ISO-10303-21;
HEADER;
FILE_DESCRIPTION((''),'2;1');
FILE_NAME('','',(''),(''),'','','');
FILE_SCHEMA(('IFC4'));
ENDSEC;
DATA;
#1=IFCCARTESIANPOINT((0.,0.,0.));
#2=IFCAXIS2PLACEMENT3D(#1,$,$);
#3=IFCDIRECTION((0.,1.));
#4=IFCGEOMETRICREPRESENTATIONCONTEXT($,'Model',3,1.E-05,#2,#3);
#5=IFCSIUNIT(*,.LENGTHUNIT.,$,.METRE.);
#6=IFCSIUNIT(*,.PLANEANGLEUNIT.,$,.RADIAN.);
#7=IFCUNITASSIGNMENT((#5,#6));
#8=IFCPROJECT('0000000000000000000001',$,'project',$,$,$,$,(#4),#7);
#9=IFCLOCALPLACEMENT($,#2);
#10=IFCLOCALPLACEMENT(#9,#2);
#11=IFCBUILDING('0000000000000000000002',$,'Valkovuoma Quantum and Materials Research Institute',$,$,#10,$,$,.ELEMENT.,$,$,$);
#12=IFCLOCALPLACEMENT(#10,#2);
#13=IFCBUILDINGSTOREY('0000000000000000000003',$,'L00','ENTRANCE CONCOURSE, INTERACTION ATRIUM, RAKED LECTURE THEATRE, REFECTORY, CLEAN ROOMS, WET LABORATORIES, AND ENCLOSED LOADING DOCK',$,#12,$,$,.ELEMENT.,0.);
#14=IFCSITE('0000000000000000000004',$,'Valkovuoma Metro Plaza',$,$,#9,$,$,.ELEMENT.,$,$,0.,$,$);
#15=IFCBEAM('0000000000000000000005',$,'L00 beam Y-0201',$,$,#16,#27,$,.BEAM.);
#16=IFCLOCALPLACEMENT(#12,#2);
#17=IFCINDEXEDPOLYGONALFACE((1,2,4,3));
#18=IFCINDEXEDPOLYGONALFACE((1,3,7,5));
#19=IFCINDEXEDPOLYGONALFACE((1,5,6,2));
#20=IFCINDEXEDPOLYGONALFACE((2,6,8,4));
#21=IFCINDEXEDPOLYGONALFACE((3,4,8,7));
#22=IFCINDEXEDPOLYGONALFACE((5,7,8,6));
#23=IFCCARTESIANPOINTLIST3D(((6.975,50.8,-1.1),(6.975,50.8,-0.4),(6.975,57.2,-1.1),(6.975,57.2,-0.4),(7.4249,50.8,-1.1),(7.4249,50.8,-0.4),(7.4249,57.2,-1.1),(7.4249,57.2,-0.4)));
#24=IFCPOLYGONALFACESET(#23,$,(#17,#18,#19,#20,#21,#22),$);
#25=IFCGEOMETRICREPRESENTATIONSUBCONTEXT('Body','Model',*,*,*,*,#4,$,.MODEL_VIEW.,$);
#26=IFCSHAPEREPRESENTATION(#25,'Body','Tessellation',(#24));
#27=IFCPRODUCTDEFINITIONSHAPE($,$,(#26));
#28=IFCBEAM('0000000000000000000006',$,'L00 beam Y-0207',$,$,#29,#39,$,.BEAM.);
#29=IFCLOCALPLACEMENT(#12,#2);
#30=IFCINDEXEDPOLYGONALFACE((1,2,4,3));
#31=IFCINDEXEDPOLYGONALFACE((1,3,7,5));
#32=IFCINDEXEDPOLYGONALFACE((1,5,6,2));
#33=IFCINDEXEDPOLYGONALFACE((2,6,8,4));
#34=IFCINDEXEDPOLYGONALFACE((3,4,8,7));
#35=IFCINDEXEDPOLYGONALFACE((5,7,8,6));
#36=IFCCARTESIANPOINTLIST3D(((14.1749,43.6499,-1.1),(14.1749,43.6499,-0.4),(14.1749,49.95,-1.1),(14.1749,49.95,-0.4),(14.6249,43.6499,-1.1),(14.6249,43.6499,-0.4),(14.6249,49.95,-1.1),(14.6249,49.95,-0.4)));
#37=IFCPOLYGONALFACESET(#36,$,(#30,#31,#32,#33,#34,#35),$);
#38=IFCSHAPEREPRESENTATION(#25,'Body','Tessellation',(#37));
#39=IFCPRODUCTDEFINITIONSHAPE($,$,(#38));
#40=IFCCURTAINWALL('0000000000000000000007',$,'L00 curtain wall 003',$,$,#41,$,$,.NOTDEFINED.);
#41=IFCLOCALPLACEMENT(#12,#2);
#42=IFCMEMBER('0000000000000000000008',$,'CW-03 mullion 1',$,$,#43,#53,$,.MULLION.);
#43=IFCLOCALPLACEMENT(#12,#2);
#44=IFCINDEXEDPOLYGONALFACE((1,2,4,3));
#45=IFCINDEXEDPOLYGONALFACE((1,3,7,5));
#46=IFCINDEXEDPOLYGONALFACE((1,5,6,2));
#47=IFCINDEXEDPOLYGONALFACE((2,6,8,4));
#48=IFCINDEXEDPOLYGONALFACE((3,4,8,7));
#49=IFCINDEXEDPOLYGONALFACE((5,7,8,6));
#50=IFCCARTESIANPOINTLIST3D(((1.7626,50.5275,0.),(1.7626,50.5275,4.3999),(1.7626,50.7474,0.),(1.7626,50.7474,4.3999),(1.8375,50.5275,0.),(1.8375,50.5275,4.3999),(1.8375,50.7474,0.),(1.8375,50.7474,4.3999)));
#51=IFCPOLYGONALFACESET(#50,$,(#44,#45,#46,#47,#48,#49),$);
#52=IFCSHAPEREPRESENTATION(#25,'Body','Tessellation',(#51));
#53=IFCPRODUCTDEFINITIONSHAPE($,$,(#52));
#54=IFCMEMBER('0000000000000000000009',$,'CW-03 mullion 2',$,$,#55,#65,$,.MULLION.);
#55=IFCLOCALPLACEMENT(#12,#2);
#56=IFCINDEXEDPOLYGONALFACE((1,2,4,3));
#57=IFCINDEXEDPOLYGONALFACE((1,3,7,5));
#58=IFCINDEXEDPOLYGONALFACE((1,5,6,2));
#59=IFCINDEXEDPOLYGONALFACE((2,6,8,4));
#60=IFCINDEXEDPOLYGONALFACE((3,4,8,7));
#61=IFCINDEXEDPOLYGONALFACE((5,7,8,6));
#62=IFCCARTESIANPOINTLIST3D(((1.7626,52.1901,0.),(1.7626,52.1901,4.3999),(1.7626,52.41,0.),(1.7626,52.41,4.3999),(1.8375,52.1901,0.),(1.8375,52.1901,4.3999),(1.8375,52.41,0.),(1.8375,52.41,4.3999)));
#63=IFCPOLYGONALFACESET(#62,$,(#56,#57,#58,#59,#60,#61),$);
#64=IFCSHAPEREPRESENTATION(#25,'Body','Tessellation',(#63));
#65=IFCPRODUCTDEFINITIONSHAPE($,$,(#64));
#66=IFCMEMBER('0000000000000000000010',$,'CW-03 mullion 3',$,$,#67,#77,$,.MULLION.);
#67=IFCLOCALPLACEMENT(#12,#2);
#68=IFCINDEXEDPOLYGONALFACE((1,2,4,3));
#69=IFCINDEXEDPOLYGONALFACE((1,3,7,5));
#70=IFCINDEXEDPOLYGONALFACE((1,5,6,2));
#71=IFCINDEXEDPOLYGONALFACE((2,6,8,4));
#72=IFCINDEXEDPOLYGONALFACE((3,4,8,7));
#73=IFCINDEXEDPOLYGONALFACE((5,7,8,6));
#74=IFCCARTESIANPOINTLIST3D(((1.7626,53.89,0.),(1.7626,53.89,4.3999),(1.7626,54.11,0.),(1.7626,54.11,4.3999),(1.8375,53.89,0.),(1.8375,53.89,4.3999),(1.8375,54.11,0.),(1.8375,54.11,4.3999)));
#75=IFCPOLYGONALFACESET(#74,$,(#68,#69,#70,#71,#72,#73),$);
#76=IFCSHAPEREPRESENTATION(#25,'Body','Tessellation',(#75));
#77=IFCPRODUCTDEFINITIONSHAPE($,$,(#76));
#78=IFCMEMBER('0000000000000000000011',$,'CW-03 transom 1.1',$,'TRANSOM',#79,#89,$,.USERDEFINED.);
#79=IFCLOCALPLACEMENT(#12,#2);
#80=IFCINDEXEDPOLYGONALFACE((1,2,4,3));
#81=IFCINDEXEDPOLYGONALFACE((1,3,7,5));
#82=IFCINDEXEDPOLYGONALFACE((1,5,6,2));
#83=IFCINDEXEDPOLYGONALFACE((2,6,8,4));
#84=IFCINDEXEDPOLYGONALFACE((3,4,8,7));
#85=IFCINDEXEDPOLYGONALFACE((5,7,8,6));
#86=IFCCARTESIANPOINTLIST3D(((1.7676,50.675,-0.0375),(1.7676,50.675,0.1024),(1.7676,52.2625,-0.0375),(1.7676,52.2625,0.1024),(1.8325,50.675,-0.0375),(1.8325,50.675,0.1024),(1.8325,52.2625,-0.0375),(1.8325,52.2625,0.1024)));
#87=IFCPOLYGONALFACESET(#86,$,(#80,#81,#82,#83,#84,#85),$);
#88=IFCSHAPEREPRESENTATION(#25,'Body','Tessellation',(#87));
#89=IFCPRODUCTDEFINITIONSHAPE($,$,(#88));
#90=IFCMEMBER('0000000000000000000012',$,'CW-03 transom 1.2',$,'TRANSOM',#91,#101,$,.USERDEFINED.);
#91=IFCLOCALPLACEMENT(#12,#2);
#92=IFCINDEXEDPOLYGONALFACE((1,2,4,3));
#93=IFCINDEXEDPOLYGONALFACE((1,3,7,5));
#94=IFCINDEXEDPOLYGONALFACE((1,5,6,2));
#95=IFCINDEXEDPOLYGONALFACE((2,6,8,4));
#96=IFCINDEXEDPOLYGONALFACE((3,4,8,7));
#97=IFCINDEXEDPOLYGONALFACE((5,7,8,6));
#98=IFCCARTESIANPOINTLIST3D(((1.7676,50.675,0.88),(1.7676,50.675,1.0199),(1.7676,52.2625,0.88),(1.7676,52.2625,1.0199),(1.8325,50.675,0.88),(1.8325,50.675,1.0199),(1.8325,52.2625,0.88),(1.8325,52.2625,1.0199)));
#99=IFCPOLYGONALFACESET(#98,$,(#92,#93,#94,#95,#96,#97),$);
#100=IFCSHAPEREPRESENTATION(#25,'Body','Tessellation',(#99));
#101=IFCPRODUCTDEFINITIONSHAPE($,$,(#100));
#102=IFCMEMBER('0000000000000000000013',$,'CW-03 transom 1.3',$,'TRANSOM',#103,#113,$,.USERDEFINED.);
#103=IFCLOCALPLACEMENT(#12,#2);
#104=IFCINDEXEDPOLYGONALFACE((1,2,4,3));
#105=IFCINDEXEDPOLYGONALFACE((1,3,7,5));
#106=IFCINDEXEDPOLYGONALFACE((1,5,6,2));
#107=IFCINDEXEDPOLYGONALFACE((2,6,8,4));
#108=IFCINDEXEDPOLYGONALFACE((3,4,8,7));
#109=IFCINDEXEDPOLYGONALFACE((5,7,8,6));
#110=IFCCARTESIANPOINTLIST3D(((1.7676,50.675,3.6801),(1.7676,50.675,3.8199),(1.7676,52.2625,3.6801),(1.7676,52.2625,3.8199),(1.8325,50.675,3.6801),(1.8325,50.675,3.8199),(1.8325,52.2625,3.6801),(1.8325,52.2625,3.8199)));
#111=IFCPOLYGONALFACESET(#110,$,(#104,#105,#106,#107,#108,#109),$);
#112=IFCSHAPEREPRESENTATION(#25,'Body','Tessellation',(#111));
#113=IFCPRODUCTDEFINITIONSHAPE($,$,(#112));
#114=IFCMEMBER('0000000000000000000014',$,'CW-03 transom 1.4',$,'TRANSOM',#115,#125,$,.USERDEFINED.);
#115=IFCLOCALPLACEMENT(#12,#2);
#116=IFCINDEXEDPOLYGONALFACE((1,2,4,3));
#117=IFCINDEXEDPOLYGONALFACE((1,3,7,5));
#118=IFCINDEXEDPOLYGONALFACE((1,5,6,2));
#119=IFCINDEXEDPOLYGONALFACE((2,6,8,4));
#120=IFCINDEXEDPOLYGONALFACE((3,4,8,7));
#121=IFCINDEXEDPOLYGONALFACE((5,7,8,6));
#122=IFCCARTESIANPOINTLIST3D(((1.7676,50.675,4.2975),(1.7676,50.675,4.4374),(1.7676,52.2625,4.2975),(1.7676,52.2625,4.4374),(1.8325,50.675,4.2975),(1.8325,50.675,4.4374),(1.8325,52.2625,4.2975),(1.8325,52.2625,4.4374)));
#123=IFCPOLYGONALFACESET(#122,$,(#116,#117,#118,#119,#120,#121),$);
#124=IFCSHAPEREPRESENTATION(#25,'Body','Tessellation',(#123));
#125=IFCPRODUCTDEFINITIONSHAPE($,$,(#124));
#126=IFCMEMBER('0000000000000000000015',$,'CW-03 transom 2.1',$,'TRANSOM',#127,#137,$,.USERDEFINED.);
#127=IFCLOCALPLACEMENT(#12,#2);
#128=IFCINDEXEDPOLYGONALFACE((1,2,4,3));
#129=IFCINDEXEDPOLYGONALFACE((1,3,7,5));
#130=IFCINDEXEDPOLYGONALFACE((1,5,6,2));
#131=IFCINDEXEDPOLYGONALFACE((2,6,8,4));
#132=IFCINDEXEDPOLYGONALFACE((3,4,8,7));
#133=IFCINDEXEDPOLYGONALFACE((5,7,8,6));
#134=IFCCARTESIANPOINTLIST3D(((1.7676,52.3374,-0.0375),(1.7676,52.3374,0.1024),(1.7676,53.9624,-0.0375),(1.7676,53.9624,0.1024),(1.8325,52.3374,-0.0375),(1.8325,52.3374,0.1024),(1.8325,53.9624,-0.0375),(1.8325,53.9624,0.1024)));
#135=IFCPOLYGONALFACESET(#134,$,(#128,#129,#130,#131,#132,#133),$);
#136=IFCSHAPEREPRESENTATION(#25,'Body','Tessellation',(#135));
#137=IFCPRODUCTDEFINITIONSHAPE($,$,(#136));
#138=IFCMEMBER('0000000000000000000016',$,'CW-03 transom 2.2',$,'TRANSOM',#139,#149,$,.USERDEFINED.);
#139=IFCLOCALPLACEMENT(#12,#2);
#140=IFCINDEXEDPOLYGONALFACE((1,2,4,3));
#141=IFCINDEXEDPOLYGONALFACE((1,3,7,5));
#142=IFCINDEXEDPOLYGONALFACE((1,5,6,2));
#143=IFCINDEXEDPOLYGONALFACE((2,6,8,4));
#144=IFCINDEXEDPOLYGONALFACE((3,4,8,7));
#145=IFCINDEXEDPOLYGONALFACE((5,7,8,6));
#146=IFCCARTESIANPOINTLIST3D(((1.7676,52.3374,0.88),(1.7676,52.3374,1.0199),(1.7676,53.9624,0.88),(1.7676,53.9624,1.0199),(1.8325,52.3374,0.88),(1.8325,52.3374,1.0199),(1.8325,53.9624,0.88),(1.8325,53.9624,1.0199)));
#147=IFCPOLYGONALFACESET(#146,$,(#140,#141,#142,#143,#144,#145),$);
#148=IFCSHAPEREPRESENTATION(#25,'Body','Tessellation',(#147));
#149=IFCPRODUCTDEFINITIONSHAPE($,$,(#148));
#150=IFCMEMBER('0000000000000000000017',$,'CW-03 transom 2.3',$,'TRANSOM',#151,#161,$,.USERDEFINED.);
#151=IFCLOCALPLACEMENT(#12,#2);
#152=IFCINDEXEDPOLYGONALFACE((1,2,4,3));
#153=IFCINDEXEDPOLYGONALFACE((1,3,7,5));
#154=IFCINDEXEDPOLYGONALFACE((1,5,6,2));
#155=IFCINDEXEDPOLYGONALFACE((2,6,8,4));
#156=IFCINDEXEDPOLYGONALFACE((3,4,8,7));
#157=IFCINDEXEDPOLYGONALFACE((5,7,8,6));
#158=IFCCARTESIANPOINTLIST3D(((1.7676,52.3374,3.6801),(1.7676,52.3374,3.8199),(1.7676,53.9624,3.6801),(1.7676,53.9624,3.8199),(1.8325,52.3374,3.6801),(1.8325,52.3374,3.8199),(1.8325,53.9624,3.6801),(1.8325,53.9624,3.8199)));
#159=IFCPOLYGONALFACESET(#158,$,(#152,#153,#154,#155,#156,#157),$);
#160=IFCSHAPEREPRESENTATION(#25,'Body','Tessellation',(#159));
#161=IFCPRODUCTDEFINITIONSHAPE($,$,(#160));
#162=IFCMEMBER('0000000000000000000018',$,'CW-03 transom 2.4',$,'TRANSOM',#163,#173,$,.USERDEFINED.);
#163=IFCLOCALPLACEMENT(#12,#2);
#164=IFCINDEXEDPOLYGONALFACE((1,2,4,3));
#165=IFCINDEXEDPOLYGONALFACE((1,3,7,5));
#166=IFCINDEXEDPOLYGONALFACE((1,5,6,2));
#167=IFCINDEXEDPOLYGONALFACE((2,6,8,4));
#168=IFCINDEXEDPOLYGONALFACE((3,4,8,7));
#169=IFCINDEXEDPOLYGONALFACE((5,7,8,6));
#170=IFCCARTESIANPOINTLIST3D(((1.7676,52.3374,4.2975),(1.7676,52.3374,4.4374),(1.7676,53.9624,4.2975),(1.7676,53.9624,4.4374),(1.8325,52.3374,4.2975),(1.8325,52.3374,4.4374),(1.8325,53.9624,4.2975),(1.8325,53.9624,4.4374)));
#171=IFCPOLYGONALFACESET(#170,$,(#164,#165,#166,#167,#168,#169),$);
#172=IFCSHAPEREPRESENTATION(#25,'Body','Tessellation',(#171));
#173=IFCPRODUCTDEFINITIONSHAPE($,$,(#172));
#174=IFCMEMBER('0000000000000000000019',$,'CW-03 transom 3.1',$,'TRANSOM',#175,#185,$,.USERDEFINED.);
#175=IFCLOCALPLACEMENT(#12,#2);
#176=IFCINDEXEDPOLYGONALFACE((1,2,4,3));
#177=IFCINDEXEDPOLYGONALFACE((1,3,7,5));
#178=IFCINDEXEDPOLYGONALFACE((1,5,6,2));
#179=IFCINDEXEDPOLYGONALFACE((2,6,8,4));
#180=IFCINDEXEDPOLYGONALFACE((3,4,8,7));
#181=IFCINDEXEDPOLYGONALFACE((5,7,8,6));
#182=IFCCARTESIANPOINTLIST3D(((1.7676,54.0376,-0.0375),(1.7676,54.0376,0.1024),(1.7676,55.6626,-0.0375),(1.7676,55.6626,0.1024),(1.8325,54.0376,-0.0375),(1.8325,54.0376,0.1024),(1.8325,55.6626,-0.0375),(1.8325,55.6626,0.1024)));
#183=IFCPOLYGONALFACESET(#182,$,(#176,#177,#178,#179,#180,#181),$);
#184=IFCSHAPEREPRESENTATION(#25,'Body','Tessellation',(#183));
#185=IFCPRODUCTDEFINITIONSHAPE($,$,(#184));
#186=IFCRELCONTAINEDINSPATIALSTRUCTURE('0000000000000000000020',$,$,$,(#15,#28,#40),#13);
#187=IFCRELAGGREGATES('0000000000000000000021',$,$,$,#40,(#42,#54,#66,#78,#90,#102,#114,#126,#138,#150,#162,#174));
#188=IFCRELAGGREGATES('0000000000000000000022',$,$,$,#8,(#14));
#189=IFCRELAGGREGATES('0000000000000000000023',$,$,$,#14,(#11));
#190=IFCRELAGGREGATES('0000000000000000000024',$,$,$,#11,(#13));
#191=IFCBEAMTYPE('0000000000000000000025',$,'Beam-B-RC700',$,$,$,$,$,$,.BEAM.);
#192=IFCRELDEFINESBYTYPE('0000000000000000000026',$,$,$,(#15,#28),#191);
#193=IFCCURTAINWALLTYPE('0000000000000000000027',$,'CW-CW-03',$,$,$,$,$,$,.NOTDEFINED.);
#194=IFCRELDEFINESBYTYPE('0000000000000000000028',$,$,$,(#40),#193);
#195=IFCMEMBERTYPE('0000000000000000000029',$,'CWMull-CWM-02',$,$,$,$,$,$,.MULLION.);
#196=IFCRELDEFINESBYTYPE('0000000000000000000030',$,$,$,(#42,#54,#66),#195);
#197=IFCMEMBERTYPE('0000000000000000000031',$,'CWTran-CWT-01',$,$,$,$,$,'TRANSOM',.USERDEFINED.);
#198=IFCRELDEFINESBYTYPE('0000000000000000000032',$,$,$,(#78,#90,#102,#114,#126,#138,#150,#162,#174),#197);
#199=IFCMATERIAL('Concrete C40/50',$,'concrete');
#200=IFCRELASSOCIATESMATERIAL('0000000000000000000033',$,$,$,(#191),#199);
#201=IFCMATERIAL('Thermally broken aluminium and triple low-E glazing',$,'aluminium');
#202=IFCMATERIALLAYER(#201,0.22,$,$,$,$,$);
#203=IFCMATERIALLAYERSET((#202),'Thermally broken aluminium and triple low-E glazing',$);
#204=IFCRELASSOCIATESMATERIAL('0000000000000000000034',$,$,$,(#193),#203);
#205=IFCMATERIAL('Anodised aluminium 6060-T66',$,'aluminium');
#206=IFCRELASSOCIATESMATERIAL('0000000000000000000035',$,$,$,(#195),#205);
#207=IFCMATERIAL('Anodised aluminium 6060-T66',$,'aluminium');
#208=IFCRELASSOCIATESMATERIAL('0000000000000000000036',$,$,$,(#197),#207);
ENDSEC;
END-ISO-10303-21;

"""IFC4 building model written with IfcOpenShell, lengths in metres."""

from ifc_helpers import new_model, si_unit, direction, frame, origin, origin_2d, place, context, subcontext, project, spatial, rectangle, extrude, material, layer, layer_set, material_profile, profile_set, type_object, element, aggregate, save


model = new_model("IFC4")

# Units and contexts
model_context = context("Model", 3, precision=1e-05, world=origin(), true_north=direction((0.0, 1.0)))
body_context = subcontext(model_context, "Body", "Model", "MODEL_VIEW")
ifc_project = project(units=[si_unit("LENGTHUNIT", "METRE"), si_unit("PLANEANGLEUNIT", "RADIAN")], contexts=[model_context])

# Site, building, storey
site_placement = place(None, origin())
site = spatial("IfcSite", under=ifc_project, at=site_placement, Name="Valkovuoma Metro Plaza", CompositionType="ELEMENT", RefElevation=0.0)
building_placement = place(site_placement, origin())
building = spatial("IfcBuilding", under=site, at=building_placement, Name="Valkovuoma Quantum and Materials Research Institute", CompositionType="ELEMENT")
storey_placement = place(building_placement, origin())
storey = spatial("IfcBuildingStorey", under=building, at=storey_placement, Name="L00", Description="ENTRANCE CONCOURSE, INTERACTION ATRIUM, RAKED LECTURE THEATRE, REFECTORY, CLEAN ROOMS, WET LABORATORIES, AND ENCLOSED LOADING DOCK", CompositionType="ELEMENT", Elevation=0.0)

# Beams
ifc_material_1 = material(Name="Concrete C40/50", Category="concrete")
ifc_material_profile_1 = material_profile(ifc_material_1, rectangle(XDim=0.45, YDim=0.7, at=origin_2d()), Name="Concrete C40/50")
ifc_profile_set_1 = profile_set([ifc_material_profile_1], Name="Concrete C40/50")
beam_type_1 = type_object("IfcBeamType", Name="Beam-B-RC700", PredefinedType="BEAM", material=ifc_profile_set_1)
for number, where, z_axis, x_axis, name in (
    (1, (7.2, 50.8, -0.75), (0.0, 1.0, 0.0), (-1.0, 0.0, 0.0), "L00 beam Y-0201"),
):
    element("IfcBeam", number, at=place(storey_placement, frame(where, z_axis=z_axis, x_axis=x_axis)), inside=storey, type_object=beam_type_1, Name=name, PredefinedType="BEAM", context=body_context, shape_type="SweptSolid", body=[
        extrude(rectangle(XDim=0.45, YDim=0.7, at=origin_2d()), origin(), (0.0, 0.0, 1.0), 6.3999),
    ])
beam_1_placement = place(storey_placement, frame((14.3999, 43.6499, -0.75), z_axis=(0.0, 1.0, 0.0), x_axis=(-1.0, 0.0, 0.0)))
element("IfcBeam", 2, at=beam_1_placement, inside=storey, type_object=beam_type_1, Name="L00 beam Y-0207", PredefinedType="BEAM", context=body_context, shape_type="SweptSolid", body=[
    extrude(rectangle(XDim=0.45, YDim=0.7, at=origin_2d()), origin(), (0.0, 0.0, 1.0), 6.3),
])

# Curtain wall, members
ifc_material_2 = material(Name="Thermally broken aluminium and triple low-E glazing", Category="aluminium")
ifc_layer_1 = layer(ifc_material_2, 0.22)
ifc_layer_set_1 = layer_set([ifc_layer_1], Name="Thermally broken aluminium and triple low-E glazing")
curtain_wall_type = type_object("IfcCurtainWallType", Name="CW-CW-03", PredefinedType="NOTDEFINED", material=ifc_layer_set_1)
curtain_wall_placement = place(storey_placement, origin())
curtain_wall = element("IfcCurtainWall", 3, at=curtain_wall_placement, inside=storey, type_object=curtain_wall_type, Name="L00 curtain wall 003", PredefinedType="NOTDEFINED")
ifc_material_3 = material(Name="Anodised aluminium 6060-T66", Category="aluminium")
ifc_material_profile_2 = material_profile(ifc_material_3, rectangle(XDim=0.075, YDim=0.22, at=origin_2d()), Name="Anodised aluminium 6060-T66")
ifc_profile_set_2 = profile_set([ifc_material_profile_2], Name="Anodised aluminium 6060-T66")
member_type_1 = type_object("IfcMemberType", Name="CWMull-CWM-02", PredefinedType="MULLION", material=ifc_profile_set_2)
member_1_placement = place(storey_placement, frame((1.8, 50.6375, 0.0), z_axis=(0.0, 0.0, 1.0), x_axis=(-1.0, 0.0, 0.0)))
member_1 = element("IfcMember", 4, at=member_1_placement, type_object=member_type_1, Name="CW-03 mullion 1", PredefinedType="MULLION", context=body_context, shape_type="SweptSolid", body=[
    extrude(rectangle(XDim=0.075, YDim=0.22, at=origin_2d()), origin(), (0.0, 0.0, 1.0), 4.3999),
])
member_2_placement = place(storey_placement, frame((1.8, 52.3, 0.0), z_axis=(0.0, 0.0, 1.0), x_axis=(-1.0, 0.0, 0.0)))
member_2 = element("IfcMember", 5, at=member_2_placement, type_object=member_type_1, Name="CW-03 mullion 2", PredefinedType="MULLION", context=body_context, shape_type="SweptSolid", body=[
    extrude(rectangle(XDim=0.075, YDim=0.22, at=origin_2d()), origin(), (0.0, 0.0, 1.0), 4.3999),
])
member_3_placement = place(storey_placement, frame((1.8, 54.0, 0.0), z_axis=(0.0, 0.0, 1.0), x_axis=(-1.0, 0.0, 0.0)))
member_3 = element("IfcMember", 6, at=member_3_placement, type_object=member_type_1, Name="CW-03 mullion 3", PredefinedType="MULLION", context=body_context, shape_type="SweptSolid", body=[
    extrude(rectangle(XDim=0.075, YDim=0.22, at=origin_2d()), origin(), (0.0, 0.0, 1.0), 4.3999),
])
ifc_material_4 = material(Name="Anodised aluminium 6060-T66", Category="aluminium")
ifc_material_profile_3 = material_profile(ifc_material_4, rectangle(XDim=0.0649, YDim=0.1399, at=origin_2d()), Name="Anodised aluminium 6060-T66")
ifc_profile_set_3 = profile_set([ifc_material_profile_3], Name="Anodised aluminium 6060-T66")
member_type_2 = type_object("IfcMemberType", Name="CWTran-CWT-01", ElementType="TRANSOM", PredefinedType="USERDEFINED", material=ifc_profile_set_3)
member_4_placement = place(storey_placement, frame((1.8, 50.675, 0.0325), z_axis=(0.0, 1.0, 0.0), x_axis=(-1.0, 0.0, 0.0)))
member_4 = element("IfcMember", 7, at=member_4_placement, type_object=member_type_2, Name="CW-03 transom 1.1", ObjectType="TRANSOM", PredefinedType="USERDEFINED", context=body_context, shape_type="SweptSolid", body=[
    extrude(rectangle(XDim=0.0649, YDim=0.1399, at=origin_2d()), origin(), (0.0, 0.0, 1.0), 1.5874),
])
member_5_placement = place(storey_placement, frame((1.8, 50.675, 0.95), z_axis=(0.0, 1.0, 0.0), x_axis=(-1.0, 0.0, 0.0)))
member_5 = element("IfcMember", 8, at=member_5_placement, type_object=member_type_2, Name="CW-03 transom 1.2", ObjectType="TRANSOM", PredefinedType="USERDEFINED", context=body_context, shape_type="SweptSolid", body=[
    extrude(rectangle(XDim=0.0649, YDim=0.1399, at=origin_2d()), origin(), (0.0, 0.0, 1.0), 1.5874),
])
member_6_placement = place(storey_placement, frame((1.8, 50.675, 3.75), z_axis=(0.0, 1.0, 0.0), x_axis=(-1.0, 0.0, 0.0)))
member_6 = element("IfcMember", 9, at=member_6_placement, type_object=member_type_2, Name="CW-03 transom 1.3", ObjectType="TRANSOM", PredefinedType="USERDEFINED", context=body_context, shape_type="SweptSolid", body=[
    extrude(rectangle(XDim=0.0649, YDim=0.1399, at=origin_2d()), origin(), (0.0, 0.0, 1.0), 1.5874),
])
member_7_placement = place(storey_placement, frame((1.8, 50.675, 4.3674), z_axis=(0.0, 1.0, 0.0), x_axis=(-1.0, 0.0, 0.0)))
member_7 = element("IfcMember", 10, at=member_7_placement, type_object=member_type_2, Name="CW-03 transom 1.4", ObjectType="TRANSOM", PredefinedType="USERDEFINED", context=body_context, shape_type="SweptSolid", body=[
    extrude(rectangle(XDim=0.0649, YDim=0.1399, at=origin_2d()), origin(), (0.0, 0.0, 1.0), 1.5874),
])
member_8_placement = place(storey_placement, frame((1.8, 52.3374, 0.0325), z_axis=(0.0, 1.0, 0.0), x_axis=(-1.0, 0.0, 0.0)))
member_8 = element("IfcMember", 11, at=member_8_placement, type_object=member_type_2, Name="CW-03 transom 2.1", ObjectType="TRANSOM", PredefinedType="USERDEFINED", context=body_context, shape_type="SweptSolid", body=[
    extrude(rectangle(XDim=0.0649, YDim=0.1399, at=origin_2d()), origin(), (0.0, 0.0, 1.0), 1.625),
])
member_9_placement = place(storey_placement, frame((1.8, 52.3374, 0.95), z_axis=(0.0, 1.0, 0.0), x_axis=(-1.0, 0.0, 0.0)))
member_9 = element("IfcMember", 12, at=member_9_placement, type_object=member_type_2, Name="CW-03 transom 2.2", ObjectType="TRANSOM", PredefinedType="USERDEFINED", context=body_context, shape_type="SweptSolid", body=[
    extrude(rectangle(XDim=0.0649, YDim=0.1399, at=origin_2d()), origin(), (0.0, 0.0, 1.0), 1.625),
])
member_10_placement = place(storey_placement, frame((1.8, 52.3374, 3.75), z_axis=(0.0, 1.0, 0.0), x_axis=(-1.0, 0.0, 0.0)))
member_10 = element("IfcMember", 13, at=member_10_placement, type_object=member_type_2, Name="CW-03 transom 2.3", ObjectType="TRANSOM", PredefinedType="USERDEFINED", context=body_context, shape_type="SweptSolid", body=[
    extrude(rectangle(XDim=0.0649, YDim=0.1399, at=origin_2d()), origin(), (0.0, 0.0, 1.0), 1.625),
])
member_11_placement = place(storey_placement, frame((1.8, 52.3374, 4.3674), z_axis=(0.0, 1.0, 0.0), x_axis=(-1.0, 0.0, 0.0)))
member_11 = element("IfcMember", 14, at=member_11_placement, type_object=member_type_2, Name="CW-03 transom 2.4", ObjectType="TRANSOM", PredefinedType="USERDEFINED", context=body_context, shape_type="SweptSolid", body=[
    extrude(rectangle(XDim=0.0649, YDim=0.1399, at=origin_2d()), origin(), (0.0, 0.0, 1.0), 1.625),
])
member_12_placement = place(storey_placement, frame((1.8, 54.0376, 0.0325), z_axis=(0.0, 1.0, 0.0), x_axis=(-1.0, 0.0, 0.0)))
member_12 = element("IfcMember", 15, at=member_12_placement, type_object=member_type_2, Name="CW-03 transom 3.1", ObjectType="TRANSOM", PredefinedType="USERDEFINED", context=body_context, shape_type="SweptSolid", body=[
    extrude(rectangle(XDim=0.0649, YDim=0.1399, at=origin_2d()), origin(), (0.0, 0.0, 1.0), 1.625),
])
aggregate(curtain_wall, [member_1, member_2, member_3, member_4, member_5, member_6, member_7, member_8, member_9, member_10, member_11, member_12])

save(model, "model.ifc")
